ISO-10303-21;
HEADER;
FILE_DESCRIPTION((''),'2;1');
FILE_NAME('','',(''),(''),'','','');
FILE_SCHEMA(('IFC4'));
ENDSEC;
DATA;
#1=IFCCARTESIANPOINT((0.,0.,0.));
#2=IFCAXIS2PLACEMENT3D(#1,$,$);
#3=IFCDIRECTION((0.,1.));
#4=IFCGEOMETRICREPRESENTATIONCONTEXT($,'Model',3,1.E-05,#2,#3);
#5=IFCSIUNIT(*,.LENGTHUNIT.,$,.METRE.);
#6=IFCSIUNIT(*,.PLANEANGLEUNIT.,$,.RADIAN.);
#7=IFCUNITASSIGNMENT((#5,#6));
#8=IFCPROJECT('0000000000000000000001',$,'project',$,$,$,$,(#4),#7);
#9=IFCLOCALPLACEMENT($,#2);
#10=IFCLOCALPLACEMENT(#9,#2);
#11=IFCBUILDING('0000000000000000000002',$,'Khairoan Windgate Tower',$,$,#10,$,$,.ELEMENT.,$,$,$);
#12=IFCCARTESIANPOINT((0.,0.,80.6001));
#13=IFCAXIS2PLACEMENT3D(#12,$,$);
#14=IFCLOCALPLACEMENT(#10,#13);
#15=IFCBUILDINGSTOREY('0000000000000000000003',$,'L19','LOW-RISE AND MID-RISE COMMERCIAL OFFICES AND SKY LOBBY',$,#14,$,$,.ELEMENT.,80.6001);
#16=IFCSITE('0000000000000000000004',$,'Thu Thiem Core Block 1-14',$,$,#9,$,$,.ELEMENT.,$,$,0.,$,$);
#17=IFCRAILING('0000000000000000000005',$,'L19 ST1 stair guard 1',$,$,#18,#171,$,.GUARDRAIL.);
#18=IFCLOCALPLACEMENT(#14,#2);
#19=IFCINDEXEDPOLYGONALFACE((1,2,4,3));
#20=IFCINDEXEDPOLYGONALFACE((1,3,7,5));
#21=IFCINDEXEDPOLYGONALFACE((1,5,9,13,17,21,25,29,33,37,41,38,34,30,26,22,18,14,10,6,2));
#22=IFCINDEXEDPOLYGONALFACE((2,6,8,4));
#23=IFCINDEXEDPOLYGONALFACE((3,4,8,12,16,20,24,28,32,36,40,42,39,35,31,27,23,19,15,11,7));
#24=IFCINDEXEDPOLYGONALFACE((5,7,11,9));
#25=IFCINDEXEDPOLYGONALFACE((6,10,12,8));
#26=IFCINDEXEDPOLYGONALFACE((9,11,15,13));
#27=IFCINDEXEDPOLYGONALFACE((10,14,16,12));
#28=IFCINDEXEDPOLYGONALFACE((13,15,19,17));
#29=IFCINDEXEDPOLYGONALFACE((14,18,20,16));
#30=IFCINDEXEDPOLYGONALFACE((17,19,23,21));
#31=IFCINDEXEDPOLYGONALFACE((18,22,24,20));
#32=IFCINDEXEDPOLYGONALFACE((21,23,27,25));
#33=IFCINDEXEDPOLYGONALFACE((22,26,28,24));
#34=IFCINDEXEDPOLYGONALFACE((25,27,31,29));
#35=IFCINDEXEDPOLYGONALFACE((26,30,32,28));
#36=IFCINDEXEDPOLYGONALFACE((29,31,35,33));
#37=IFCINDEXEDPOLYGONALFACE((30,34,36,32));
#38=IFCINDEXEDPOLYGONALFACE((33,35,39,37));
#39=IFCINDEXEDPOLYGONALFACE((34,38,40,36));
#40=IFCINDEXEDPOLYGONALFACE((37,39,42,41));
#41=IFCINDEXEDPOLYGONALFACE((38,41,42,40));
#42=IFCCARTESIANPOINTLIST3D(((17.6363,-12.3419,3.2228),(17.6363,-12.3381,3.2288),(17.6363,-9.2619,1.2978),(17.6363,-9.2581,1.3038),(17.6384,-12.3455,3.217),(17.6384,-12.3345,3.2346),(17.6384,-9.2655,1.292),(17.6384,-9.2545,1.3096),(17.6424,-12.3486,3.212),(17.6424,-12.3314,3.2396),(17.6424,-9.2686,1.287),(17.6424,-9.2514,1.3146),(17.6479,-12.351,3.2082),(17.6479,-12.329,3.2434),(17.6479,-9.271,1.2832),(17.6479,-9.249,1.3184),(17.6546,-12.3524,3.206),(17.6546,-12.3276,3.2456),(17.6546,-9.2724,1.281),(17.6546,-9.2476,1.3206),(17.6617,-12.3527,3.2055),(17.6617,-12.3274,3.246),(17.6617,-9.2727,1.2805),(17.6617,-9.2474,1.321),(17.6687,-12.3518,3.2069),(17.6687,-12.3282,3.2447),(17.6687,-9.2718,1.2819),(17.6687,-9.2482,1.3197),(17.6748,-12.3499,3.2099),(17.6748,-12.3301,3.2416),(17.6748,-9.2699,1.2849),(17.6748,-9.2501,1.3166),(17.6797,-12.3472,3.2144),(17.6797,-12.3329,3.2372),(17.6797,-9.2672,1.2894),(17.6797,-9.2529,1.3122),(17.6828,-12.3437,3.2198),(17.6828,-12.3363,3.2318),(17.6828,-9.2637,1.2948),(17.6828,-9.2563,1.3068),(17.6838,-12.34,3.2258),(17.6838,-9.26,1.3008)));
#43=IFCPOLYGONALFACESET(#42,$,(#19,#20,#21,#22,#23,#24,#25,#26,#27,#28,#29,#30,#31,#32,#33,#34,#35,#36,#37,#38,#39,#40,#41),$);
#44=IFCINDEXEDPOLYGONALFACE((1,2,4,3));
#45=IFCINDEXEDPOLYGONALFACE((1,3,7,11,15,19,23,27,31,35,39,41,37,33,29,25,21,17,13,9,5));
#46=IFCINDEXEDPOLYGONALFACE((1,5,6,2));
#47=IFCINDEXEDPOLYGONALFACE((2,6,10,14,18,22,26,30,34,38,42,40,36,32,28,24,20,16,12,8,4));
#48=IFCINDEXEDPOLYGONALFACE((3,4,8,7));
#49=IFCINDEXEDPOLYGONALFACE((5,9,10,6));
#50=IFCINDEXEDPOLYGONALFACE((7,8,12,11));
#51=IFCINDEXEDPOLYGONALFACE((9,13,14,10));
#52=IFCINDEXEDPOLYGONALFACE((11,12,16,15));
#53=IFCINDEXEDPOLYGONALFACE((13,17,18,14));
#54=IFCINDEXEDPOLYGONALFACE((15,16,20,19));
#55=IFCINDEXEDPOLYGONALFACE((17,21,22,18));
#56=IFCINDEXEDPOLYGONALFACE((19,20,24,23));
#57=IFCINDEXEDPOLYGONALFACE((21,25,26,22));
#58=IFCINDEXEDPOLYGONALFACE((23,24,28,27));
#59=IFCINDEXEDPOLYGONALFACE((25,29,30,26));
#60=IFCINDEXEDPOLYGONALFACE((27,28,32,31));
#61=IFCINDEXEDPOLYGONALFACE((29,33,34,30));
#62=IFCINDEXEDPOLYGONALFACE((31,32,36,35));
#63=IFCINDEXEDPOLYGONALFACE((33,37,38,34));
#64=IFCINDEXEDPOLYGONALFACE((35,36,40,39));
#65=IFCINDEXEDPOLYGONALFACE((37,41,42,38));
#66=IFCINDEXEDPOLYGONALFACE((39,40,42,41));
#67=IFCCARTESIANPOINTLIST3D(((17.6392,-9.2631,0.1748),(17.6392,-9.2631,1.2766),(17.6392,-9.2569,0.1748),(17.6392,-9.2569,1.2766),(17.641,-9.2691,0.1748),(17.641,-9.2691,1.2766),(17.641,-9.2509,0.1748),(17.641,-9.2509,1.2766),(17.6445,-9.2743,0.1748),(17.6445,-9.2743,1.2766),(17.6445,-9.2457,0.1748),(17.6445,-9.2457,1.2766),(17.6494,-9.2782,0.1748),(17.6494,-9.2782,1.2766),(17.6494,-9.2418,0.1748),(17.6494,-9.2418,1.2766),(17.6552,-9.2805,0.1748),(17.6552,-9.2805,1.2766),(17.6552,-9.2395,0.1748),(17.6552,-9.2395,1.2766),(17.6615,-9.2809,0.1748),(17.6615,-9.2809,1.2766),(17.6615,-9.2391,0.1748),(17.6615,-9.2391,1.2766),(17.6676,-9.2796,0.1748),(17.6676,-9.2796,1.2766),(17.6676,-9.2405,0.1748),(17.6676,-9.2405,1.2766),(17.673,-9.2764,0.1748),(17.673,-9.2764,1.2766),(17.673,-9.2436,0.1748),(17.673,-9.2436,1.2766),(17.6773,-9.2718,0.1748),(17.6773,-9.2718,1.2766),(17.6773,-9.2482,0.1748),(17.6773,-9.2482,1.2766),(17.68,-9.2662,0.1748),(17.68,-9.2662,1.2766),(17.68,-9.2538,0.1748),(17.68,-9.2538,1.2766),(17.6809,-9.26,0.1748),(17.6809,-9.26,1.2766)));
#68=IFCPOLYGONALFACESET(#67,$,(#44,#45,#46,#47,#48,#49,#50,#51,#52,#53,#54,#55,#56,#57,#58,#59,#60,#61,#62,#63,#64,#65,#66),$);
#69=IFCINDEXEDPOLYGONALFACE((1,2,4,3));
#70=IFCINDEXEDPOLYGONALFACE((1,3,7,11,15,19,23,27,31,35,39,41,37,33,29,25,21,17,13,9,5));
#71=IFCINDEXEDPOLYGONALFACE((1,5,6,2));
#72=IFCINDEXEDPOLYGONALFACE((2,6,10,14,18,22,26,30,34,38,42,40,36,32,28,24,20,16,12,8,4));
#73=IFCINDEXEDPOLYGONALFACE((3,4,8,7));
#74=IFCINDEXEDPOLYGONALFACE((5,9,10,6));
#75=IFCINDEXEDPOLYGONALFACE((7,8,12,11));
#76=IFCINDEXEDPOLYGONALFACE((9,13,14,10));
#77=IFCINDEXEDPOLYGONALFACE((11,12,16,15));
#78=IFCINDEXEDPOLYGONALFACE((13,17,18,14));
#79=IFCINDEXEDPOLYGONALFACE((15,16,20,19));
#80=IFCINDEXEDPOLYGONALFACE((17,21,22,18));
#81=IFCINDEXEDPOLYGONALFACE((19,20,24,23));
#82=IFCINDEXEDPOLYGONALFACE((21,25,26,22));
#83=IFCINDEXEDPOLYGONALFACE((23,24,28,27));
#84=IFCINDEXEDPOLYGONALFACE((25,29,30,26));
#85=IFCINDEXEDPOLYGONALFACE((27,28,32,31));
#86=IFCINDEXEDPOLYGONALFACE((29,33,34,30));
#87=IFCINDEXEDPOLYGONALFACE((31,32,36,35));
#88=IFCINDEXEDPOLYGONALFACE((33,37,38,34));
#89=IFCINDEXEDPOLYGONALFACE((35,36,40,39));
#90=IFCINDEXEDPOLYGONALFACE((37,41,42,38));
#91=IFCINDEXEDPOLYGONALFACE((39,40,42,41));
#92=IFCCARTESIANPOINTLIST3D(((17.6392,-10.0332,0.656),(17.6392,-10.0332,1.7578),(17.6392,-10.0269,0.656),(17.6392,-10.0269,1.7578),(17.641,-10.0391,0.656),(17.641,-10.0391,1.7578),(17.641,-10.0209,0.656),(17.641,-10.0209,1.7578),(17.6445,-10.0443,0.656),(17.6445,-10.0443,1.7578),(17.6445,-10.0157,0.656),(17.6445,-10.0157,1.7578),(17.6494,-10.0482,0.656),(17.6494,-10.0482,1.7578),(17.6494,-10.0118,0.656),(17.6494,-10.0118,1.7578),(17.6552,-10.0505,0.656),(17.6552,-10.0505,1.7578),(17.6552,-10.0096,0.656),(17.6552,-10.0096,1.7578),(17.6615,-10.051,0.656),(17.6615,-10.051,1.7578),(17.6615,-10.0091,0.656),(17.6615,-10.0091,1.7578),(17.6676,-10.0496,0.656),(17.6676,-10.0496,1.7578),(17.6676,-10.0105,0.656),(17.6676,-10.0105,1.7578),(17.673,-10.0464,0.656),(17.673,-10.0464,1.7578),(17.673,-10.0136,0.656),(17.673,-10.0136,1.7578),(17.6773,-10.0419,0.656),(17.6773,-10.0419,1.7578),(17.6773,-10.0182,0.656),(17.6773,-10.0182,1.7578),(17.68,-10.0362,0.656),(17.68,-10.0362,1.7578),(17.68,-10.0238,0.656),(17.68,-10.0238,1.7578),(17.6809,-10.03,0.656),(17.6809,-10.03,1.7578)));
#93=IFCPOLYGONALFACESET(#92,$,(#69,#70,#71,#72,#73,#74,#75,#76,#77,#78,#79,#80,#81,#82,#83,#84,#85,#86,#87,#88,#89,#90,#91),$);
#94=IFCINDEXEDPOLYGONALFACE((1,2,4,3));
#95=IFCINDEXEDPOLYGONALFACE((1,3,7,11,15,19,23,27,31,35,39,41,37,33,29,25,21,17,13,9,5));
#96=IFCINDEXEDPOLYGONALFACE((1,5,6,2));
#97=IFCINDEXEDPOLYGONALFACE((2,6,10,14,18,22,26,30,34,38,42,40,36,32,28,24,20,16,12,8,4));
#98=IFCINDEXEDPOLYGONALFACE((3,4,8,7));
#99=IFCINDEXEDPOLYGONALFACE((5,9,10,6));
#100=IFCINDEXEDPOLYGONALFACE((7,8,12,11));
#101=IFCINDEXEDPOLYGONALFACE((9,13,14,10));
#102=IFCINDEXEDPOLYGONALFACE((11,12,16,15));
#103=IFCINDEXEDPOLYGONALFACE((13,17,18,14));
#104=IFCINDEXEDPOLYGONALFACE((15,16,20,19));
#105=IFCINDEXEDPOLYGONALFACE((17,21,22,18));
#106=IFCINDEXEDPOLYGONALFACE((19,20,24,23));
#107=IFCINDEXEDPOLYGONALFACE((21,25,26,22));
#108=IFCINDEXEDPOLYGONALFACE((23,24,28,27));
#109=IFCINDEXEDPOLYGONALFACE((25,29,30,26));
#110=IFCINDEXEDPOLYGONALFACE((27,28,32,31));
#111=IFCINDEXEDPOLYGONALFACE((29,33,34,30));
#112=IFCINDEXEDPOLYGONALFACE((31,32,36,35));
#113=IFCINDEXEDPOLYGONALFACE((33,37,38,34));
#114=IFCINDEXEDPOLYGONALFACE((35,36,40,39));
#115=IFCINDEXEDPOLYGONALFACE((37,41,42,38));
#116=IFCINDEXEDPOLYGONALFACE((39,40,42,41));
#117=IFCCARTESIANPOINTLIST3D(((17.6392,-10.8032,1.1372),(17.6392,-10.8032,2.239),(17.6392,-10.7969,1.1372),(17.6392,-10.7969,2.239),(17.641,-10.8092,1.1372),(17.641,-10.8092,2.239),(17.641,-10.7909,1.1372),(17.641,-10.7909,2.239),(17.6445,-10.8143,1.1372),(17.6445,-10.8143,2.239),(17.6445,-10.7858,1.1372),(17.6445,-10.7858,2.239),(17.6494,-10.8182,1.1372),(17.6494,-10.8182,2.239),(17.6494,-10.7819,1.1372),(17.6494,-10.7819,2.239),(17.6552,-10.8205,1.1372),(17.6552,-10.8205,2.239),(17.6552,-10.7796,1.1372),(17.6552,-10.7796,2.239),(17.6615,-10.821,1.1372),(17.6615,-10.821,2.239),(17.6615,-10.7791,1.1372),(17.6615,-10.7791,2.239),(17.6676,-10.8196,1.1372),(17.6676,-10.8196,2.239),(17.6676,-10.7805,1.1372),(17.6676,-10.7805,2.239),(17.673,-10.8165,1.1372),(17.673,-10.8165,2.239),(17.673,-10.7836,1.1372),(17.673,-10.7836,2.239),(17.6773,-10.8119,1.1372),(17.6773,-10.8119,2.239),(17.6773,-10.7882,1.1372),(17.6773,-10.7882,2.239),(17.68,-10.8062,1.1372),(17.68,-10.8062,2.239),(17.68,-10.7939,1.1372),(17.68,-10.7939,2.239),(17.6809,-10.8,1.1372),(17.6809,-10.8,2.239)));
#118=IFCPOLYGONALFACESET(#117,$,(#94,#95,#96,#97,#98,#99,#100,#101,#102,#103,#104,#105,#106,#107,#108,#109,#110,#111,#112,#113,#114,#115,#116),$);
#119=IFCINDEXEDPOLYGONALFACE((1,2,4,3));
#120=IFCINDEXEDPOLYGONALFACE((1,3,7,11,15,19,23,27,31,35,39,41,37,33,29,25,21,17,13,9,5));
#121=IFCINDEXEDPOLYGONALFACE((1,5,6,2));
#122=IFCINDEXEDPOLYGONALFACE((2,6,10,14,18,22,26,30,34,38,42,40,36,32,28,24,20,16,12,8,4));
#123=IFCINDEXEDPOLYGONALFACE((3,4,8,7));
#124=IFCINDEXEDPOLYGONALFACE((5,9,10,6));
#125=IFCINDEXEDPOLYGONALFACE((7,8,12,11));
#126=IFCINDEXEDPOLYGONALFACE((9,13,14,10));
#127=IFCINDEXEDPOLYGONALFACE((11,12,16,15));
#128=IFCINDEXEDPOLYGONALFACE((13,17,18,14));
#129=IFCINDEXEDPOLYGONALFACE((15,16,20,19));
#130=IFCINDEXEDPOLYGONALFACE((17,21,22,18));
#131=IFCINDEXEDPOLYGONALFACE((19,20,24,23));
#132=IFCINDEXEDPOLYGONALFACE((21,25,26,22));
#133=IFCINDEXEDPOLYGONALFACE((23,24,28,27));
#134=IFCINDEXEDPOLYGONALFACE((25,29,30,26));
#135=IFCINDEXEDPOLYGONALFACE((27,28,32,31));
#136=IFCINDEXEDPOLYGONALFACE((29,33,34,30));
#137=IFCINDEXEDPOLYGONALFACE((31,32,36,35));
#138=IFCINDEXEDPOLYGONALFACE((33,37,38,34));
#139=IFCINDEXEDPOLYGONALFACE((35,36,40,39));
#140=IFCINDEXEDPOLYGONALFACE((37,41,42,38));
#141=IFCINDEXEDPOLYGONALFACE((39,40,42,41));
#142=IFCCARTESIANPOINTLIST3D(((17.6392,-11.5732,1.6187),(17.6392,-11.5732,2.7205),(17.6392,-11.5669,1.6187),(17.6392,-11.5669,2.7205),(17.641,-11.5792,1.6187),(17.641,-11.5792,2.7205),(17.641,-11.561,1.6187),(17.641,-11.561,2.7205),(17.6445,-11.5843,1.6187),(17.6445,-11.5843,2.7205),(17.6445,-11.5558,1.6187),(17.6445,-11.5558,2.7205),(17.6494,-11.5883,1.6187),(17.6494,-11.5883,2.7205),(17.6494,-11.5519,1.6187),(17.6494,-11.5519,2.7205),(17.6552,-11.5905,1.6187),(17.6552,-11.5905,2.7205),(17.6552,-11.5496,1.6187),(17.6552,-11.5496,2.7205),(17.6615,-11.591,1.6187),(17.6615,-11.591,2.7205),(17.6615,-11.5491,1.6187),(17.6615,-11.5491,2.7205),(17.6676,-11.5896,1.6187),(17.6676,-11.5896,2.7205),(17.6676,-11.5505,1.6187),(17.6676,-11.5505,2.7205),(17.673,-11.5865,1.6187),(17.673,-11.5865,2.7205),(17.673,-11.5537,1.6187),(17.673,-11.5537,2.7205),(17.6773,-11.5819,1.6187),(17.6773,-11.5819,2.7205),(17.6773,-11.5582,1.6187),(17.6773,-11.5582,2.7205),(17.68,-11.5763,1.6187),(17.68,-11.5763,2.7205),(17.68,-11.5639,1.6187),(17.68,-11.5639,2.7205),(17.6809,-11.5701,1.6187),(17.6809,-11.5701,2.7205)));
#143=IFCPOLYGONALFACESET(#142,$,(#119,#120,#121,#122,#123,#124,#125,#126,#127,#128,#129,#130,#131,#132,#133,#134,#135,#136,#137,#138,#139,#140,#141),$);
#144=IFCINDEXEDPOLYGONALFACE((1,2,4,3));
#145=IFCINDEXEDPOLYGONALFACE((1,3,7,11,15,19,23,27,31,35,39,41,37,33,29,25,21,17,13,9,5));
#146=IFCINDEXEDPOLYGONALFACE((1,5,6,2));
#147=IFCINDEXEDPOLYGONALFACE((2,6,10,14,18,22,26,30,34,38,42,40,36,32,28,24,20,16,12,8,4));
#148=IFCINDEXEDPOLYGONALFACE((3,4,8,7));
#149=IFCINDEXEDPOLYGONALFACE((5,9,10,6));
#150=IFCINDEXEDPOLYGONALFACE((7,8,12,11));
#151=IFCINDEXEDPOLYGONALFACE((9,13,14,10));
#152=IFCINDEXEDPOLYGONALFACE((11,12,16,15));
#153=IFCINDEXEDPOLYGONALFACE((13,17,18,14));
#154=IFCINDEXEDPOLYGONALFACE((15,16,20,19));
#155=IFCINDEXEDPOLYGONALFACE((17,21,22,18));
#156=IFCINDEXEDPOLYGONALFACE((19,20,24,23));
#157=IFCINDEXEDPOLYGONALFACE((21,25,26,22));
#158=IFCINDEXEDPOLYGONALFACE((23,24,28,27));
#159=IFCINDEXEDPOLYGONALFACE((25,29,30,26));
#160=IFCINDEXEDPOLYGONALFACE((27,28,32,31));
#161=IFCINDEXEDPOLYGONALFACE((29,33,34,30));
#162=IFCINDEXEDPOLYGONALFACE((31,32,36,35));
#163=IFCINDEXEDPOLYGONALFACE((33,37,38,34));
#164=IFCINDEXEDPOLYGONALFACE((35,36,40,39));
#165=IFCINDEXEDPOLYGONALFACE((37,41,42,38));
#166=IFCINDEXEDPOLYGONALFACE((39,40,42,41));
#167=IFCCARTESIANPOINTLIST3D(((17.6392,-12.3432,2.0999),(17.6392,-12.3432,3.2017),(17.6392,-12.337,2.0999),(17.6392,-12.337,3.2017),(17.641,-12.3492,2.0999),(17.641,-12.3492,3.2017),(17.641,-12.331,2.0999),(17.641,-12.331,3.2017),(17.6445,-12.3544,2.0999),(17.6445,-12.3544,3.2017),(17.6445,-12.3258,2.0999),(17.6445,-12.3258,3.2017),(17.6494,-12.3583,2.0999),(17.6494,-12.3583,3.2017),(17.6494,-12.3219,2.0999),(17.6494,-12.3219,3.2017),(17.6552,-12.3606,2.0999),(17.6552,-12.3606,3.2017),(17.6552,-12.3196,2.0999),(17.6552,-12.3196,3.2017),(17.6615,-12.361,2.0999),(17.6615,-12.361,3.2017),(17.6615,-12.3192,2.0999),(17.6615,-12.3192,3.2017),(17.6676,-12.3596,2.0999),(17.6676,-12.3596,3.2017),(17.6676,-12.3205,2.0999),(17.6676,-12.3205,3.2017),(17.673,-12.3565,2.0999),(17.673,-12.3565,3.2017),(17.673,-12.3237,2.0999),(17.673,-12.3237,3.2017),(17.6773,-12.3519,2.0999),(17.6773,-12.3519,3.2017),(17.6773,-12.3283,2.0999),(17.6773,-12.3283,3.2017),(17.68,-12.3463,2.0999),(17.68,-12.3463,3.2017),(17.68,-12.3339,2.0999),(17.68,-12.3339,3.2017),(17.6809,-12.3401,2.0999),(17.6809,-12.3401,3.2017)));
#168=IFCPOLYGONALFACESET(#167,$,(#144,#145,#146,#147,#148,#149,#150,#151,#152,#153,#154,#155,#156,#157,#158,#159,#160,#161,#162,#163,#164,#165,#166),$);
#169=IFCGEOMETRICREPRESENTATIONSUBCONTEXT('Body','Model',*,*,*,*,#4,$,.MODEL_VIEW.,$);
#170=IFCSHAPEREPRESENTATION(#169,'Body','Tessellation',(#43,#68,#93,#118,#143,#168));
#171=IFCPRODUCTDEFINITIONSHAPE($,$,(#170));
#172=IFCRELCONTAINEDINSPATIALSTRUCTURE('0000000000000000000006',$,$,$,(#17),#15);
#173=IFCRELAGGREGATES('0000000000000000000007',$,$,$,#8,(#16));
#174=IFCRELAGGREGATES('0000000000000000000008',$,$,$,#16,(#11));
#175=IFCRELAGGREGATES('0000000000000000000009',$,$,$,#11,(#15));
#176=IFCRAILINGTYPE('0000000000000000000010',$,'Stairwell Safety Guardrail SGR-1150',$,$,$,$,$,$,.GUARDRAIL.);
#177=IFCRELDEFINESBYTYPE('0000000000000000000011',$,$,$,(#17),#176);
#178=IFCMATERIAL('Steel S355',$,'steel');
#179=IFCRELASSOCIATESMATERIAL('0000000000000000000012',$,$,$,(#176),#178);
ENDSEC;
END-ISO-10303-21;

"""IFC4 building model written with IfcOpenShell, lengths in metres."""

from ifc_helpers import new_model, si_unit, direction, frame, origin, origin_2d, place, context, subcontext, project, spatial, circle, extrude, material, type_object, element, save


model = new_model("IFC4")

# Units and contexts
model_context = context("Model", 3, precision=1e-05, world=origin(), true_north=direction((0.0, 1.0)))
body_context = subcontext(model_context, "Body", "Model", "MODEL_VIEW")
ifc_project = project(units=[si_unit("LENGTHUNIT", "METRE"), si_unit("PLANEANGLEUNIT", "RADIAN")], contexts=[model_context])

# Site, building, storey
site_placement = place(None, origin())
site = spatial("IfcSite", under=ifc_project, at=site_placement, Name="Thu Thiem Core Block 1-14", CompositionType="ELEMENT", RefElevation=0.0)
building_placement = place(site_placement, origin())
building = spatial("IfcBuilding", under=site, at=building_placement, Name="Khairoan Windgate Tower", CompositionType="ELEMENT")
storey_placement = place(building_placement, frame((0.0, 0.0, 80.6001)))
storey = spatial("IfcBuildingStorey", under=building, at=storey_placement, Name="L19", Description="LOW-RISE AND MID-RISE COMMERCIAL OFFICES AND SKY LOBBY", CompositionType="ELEMENT", Elevation=80.6001)

# Railing
ifc_material_1 = material(Name="Steel S355", Category="steel")
railing_type_1 = type_object("IfcRailingType", Name="Stairwell Safety Guardrail SGR-1150", PredefinedType="GUARDRAIL", material=ifc_material_1)
railing_1_placement = place(storey_placement, frame((17.6599, -9.26, 0.1748)))
element("IfcRailing", 1, at=railing_1_placement, inside=storey, type_object=railing_type_1, Name="L19 ST1 stair guard 1", PredefinedType="GUARDRAIL", context=body_context, shape_type="SweptSolid", body=[
    extrude(circle(Radius=0.0239, at=origin_2d()), frame((0.0, 0.0, 1.126), z_axis=(0.0, -0.847998, 0.529999), x_axis=(1.0, 0.0, 0.0)), (0.0, 0.0, 1.0), 3.6321),
    extrude(circle(Radius=0.021, at=origin_2d()), origin(), (0.0, 0.0, 1.0), 1.1018),
    extrude(circle(Radius=0.021, at=origin_2d()), frame((0.0, -0.77, 0.4812)), (0.0, 0.0, 1.0), 1.1018),
    extrude(circle(Radius=0.021, at=origin_2d()), frame((0.0, -1.54, 0.9624)), (0.0, 0.0, 1.0), 1.1018),
    extrude(circle(Radius=0.021, at=origin_2d()), frame((0.0, -2.3101, 1.4438)), (0.0, 0.0, 1.0), 1.1018),
    extrude(circle(Radius=0.021, at=origin_2d()), frame((0.0, -3.0801, 1.925)), (0.0, 0.0, 1.0), 1.1018),
])

save(model, "model.ifc")
